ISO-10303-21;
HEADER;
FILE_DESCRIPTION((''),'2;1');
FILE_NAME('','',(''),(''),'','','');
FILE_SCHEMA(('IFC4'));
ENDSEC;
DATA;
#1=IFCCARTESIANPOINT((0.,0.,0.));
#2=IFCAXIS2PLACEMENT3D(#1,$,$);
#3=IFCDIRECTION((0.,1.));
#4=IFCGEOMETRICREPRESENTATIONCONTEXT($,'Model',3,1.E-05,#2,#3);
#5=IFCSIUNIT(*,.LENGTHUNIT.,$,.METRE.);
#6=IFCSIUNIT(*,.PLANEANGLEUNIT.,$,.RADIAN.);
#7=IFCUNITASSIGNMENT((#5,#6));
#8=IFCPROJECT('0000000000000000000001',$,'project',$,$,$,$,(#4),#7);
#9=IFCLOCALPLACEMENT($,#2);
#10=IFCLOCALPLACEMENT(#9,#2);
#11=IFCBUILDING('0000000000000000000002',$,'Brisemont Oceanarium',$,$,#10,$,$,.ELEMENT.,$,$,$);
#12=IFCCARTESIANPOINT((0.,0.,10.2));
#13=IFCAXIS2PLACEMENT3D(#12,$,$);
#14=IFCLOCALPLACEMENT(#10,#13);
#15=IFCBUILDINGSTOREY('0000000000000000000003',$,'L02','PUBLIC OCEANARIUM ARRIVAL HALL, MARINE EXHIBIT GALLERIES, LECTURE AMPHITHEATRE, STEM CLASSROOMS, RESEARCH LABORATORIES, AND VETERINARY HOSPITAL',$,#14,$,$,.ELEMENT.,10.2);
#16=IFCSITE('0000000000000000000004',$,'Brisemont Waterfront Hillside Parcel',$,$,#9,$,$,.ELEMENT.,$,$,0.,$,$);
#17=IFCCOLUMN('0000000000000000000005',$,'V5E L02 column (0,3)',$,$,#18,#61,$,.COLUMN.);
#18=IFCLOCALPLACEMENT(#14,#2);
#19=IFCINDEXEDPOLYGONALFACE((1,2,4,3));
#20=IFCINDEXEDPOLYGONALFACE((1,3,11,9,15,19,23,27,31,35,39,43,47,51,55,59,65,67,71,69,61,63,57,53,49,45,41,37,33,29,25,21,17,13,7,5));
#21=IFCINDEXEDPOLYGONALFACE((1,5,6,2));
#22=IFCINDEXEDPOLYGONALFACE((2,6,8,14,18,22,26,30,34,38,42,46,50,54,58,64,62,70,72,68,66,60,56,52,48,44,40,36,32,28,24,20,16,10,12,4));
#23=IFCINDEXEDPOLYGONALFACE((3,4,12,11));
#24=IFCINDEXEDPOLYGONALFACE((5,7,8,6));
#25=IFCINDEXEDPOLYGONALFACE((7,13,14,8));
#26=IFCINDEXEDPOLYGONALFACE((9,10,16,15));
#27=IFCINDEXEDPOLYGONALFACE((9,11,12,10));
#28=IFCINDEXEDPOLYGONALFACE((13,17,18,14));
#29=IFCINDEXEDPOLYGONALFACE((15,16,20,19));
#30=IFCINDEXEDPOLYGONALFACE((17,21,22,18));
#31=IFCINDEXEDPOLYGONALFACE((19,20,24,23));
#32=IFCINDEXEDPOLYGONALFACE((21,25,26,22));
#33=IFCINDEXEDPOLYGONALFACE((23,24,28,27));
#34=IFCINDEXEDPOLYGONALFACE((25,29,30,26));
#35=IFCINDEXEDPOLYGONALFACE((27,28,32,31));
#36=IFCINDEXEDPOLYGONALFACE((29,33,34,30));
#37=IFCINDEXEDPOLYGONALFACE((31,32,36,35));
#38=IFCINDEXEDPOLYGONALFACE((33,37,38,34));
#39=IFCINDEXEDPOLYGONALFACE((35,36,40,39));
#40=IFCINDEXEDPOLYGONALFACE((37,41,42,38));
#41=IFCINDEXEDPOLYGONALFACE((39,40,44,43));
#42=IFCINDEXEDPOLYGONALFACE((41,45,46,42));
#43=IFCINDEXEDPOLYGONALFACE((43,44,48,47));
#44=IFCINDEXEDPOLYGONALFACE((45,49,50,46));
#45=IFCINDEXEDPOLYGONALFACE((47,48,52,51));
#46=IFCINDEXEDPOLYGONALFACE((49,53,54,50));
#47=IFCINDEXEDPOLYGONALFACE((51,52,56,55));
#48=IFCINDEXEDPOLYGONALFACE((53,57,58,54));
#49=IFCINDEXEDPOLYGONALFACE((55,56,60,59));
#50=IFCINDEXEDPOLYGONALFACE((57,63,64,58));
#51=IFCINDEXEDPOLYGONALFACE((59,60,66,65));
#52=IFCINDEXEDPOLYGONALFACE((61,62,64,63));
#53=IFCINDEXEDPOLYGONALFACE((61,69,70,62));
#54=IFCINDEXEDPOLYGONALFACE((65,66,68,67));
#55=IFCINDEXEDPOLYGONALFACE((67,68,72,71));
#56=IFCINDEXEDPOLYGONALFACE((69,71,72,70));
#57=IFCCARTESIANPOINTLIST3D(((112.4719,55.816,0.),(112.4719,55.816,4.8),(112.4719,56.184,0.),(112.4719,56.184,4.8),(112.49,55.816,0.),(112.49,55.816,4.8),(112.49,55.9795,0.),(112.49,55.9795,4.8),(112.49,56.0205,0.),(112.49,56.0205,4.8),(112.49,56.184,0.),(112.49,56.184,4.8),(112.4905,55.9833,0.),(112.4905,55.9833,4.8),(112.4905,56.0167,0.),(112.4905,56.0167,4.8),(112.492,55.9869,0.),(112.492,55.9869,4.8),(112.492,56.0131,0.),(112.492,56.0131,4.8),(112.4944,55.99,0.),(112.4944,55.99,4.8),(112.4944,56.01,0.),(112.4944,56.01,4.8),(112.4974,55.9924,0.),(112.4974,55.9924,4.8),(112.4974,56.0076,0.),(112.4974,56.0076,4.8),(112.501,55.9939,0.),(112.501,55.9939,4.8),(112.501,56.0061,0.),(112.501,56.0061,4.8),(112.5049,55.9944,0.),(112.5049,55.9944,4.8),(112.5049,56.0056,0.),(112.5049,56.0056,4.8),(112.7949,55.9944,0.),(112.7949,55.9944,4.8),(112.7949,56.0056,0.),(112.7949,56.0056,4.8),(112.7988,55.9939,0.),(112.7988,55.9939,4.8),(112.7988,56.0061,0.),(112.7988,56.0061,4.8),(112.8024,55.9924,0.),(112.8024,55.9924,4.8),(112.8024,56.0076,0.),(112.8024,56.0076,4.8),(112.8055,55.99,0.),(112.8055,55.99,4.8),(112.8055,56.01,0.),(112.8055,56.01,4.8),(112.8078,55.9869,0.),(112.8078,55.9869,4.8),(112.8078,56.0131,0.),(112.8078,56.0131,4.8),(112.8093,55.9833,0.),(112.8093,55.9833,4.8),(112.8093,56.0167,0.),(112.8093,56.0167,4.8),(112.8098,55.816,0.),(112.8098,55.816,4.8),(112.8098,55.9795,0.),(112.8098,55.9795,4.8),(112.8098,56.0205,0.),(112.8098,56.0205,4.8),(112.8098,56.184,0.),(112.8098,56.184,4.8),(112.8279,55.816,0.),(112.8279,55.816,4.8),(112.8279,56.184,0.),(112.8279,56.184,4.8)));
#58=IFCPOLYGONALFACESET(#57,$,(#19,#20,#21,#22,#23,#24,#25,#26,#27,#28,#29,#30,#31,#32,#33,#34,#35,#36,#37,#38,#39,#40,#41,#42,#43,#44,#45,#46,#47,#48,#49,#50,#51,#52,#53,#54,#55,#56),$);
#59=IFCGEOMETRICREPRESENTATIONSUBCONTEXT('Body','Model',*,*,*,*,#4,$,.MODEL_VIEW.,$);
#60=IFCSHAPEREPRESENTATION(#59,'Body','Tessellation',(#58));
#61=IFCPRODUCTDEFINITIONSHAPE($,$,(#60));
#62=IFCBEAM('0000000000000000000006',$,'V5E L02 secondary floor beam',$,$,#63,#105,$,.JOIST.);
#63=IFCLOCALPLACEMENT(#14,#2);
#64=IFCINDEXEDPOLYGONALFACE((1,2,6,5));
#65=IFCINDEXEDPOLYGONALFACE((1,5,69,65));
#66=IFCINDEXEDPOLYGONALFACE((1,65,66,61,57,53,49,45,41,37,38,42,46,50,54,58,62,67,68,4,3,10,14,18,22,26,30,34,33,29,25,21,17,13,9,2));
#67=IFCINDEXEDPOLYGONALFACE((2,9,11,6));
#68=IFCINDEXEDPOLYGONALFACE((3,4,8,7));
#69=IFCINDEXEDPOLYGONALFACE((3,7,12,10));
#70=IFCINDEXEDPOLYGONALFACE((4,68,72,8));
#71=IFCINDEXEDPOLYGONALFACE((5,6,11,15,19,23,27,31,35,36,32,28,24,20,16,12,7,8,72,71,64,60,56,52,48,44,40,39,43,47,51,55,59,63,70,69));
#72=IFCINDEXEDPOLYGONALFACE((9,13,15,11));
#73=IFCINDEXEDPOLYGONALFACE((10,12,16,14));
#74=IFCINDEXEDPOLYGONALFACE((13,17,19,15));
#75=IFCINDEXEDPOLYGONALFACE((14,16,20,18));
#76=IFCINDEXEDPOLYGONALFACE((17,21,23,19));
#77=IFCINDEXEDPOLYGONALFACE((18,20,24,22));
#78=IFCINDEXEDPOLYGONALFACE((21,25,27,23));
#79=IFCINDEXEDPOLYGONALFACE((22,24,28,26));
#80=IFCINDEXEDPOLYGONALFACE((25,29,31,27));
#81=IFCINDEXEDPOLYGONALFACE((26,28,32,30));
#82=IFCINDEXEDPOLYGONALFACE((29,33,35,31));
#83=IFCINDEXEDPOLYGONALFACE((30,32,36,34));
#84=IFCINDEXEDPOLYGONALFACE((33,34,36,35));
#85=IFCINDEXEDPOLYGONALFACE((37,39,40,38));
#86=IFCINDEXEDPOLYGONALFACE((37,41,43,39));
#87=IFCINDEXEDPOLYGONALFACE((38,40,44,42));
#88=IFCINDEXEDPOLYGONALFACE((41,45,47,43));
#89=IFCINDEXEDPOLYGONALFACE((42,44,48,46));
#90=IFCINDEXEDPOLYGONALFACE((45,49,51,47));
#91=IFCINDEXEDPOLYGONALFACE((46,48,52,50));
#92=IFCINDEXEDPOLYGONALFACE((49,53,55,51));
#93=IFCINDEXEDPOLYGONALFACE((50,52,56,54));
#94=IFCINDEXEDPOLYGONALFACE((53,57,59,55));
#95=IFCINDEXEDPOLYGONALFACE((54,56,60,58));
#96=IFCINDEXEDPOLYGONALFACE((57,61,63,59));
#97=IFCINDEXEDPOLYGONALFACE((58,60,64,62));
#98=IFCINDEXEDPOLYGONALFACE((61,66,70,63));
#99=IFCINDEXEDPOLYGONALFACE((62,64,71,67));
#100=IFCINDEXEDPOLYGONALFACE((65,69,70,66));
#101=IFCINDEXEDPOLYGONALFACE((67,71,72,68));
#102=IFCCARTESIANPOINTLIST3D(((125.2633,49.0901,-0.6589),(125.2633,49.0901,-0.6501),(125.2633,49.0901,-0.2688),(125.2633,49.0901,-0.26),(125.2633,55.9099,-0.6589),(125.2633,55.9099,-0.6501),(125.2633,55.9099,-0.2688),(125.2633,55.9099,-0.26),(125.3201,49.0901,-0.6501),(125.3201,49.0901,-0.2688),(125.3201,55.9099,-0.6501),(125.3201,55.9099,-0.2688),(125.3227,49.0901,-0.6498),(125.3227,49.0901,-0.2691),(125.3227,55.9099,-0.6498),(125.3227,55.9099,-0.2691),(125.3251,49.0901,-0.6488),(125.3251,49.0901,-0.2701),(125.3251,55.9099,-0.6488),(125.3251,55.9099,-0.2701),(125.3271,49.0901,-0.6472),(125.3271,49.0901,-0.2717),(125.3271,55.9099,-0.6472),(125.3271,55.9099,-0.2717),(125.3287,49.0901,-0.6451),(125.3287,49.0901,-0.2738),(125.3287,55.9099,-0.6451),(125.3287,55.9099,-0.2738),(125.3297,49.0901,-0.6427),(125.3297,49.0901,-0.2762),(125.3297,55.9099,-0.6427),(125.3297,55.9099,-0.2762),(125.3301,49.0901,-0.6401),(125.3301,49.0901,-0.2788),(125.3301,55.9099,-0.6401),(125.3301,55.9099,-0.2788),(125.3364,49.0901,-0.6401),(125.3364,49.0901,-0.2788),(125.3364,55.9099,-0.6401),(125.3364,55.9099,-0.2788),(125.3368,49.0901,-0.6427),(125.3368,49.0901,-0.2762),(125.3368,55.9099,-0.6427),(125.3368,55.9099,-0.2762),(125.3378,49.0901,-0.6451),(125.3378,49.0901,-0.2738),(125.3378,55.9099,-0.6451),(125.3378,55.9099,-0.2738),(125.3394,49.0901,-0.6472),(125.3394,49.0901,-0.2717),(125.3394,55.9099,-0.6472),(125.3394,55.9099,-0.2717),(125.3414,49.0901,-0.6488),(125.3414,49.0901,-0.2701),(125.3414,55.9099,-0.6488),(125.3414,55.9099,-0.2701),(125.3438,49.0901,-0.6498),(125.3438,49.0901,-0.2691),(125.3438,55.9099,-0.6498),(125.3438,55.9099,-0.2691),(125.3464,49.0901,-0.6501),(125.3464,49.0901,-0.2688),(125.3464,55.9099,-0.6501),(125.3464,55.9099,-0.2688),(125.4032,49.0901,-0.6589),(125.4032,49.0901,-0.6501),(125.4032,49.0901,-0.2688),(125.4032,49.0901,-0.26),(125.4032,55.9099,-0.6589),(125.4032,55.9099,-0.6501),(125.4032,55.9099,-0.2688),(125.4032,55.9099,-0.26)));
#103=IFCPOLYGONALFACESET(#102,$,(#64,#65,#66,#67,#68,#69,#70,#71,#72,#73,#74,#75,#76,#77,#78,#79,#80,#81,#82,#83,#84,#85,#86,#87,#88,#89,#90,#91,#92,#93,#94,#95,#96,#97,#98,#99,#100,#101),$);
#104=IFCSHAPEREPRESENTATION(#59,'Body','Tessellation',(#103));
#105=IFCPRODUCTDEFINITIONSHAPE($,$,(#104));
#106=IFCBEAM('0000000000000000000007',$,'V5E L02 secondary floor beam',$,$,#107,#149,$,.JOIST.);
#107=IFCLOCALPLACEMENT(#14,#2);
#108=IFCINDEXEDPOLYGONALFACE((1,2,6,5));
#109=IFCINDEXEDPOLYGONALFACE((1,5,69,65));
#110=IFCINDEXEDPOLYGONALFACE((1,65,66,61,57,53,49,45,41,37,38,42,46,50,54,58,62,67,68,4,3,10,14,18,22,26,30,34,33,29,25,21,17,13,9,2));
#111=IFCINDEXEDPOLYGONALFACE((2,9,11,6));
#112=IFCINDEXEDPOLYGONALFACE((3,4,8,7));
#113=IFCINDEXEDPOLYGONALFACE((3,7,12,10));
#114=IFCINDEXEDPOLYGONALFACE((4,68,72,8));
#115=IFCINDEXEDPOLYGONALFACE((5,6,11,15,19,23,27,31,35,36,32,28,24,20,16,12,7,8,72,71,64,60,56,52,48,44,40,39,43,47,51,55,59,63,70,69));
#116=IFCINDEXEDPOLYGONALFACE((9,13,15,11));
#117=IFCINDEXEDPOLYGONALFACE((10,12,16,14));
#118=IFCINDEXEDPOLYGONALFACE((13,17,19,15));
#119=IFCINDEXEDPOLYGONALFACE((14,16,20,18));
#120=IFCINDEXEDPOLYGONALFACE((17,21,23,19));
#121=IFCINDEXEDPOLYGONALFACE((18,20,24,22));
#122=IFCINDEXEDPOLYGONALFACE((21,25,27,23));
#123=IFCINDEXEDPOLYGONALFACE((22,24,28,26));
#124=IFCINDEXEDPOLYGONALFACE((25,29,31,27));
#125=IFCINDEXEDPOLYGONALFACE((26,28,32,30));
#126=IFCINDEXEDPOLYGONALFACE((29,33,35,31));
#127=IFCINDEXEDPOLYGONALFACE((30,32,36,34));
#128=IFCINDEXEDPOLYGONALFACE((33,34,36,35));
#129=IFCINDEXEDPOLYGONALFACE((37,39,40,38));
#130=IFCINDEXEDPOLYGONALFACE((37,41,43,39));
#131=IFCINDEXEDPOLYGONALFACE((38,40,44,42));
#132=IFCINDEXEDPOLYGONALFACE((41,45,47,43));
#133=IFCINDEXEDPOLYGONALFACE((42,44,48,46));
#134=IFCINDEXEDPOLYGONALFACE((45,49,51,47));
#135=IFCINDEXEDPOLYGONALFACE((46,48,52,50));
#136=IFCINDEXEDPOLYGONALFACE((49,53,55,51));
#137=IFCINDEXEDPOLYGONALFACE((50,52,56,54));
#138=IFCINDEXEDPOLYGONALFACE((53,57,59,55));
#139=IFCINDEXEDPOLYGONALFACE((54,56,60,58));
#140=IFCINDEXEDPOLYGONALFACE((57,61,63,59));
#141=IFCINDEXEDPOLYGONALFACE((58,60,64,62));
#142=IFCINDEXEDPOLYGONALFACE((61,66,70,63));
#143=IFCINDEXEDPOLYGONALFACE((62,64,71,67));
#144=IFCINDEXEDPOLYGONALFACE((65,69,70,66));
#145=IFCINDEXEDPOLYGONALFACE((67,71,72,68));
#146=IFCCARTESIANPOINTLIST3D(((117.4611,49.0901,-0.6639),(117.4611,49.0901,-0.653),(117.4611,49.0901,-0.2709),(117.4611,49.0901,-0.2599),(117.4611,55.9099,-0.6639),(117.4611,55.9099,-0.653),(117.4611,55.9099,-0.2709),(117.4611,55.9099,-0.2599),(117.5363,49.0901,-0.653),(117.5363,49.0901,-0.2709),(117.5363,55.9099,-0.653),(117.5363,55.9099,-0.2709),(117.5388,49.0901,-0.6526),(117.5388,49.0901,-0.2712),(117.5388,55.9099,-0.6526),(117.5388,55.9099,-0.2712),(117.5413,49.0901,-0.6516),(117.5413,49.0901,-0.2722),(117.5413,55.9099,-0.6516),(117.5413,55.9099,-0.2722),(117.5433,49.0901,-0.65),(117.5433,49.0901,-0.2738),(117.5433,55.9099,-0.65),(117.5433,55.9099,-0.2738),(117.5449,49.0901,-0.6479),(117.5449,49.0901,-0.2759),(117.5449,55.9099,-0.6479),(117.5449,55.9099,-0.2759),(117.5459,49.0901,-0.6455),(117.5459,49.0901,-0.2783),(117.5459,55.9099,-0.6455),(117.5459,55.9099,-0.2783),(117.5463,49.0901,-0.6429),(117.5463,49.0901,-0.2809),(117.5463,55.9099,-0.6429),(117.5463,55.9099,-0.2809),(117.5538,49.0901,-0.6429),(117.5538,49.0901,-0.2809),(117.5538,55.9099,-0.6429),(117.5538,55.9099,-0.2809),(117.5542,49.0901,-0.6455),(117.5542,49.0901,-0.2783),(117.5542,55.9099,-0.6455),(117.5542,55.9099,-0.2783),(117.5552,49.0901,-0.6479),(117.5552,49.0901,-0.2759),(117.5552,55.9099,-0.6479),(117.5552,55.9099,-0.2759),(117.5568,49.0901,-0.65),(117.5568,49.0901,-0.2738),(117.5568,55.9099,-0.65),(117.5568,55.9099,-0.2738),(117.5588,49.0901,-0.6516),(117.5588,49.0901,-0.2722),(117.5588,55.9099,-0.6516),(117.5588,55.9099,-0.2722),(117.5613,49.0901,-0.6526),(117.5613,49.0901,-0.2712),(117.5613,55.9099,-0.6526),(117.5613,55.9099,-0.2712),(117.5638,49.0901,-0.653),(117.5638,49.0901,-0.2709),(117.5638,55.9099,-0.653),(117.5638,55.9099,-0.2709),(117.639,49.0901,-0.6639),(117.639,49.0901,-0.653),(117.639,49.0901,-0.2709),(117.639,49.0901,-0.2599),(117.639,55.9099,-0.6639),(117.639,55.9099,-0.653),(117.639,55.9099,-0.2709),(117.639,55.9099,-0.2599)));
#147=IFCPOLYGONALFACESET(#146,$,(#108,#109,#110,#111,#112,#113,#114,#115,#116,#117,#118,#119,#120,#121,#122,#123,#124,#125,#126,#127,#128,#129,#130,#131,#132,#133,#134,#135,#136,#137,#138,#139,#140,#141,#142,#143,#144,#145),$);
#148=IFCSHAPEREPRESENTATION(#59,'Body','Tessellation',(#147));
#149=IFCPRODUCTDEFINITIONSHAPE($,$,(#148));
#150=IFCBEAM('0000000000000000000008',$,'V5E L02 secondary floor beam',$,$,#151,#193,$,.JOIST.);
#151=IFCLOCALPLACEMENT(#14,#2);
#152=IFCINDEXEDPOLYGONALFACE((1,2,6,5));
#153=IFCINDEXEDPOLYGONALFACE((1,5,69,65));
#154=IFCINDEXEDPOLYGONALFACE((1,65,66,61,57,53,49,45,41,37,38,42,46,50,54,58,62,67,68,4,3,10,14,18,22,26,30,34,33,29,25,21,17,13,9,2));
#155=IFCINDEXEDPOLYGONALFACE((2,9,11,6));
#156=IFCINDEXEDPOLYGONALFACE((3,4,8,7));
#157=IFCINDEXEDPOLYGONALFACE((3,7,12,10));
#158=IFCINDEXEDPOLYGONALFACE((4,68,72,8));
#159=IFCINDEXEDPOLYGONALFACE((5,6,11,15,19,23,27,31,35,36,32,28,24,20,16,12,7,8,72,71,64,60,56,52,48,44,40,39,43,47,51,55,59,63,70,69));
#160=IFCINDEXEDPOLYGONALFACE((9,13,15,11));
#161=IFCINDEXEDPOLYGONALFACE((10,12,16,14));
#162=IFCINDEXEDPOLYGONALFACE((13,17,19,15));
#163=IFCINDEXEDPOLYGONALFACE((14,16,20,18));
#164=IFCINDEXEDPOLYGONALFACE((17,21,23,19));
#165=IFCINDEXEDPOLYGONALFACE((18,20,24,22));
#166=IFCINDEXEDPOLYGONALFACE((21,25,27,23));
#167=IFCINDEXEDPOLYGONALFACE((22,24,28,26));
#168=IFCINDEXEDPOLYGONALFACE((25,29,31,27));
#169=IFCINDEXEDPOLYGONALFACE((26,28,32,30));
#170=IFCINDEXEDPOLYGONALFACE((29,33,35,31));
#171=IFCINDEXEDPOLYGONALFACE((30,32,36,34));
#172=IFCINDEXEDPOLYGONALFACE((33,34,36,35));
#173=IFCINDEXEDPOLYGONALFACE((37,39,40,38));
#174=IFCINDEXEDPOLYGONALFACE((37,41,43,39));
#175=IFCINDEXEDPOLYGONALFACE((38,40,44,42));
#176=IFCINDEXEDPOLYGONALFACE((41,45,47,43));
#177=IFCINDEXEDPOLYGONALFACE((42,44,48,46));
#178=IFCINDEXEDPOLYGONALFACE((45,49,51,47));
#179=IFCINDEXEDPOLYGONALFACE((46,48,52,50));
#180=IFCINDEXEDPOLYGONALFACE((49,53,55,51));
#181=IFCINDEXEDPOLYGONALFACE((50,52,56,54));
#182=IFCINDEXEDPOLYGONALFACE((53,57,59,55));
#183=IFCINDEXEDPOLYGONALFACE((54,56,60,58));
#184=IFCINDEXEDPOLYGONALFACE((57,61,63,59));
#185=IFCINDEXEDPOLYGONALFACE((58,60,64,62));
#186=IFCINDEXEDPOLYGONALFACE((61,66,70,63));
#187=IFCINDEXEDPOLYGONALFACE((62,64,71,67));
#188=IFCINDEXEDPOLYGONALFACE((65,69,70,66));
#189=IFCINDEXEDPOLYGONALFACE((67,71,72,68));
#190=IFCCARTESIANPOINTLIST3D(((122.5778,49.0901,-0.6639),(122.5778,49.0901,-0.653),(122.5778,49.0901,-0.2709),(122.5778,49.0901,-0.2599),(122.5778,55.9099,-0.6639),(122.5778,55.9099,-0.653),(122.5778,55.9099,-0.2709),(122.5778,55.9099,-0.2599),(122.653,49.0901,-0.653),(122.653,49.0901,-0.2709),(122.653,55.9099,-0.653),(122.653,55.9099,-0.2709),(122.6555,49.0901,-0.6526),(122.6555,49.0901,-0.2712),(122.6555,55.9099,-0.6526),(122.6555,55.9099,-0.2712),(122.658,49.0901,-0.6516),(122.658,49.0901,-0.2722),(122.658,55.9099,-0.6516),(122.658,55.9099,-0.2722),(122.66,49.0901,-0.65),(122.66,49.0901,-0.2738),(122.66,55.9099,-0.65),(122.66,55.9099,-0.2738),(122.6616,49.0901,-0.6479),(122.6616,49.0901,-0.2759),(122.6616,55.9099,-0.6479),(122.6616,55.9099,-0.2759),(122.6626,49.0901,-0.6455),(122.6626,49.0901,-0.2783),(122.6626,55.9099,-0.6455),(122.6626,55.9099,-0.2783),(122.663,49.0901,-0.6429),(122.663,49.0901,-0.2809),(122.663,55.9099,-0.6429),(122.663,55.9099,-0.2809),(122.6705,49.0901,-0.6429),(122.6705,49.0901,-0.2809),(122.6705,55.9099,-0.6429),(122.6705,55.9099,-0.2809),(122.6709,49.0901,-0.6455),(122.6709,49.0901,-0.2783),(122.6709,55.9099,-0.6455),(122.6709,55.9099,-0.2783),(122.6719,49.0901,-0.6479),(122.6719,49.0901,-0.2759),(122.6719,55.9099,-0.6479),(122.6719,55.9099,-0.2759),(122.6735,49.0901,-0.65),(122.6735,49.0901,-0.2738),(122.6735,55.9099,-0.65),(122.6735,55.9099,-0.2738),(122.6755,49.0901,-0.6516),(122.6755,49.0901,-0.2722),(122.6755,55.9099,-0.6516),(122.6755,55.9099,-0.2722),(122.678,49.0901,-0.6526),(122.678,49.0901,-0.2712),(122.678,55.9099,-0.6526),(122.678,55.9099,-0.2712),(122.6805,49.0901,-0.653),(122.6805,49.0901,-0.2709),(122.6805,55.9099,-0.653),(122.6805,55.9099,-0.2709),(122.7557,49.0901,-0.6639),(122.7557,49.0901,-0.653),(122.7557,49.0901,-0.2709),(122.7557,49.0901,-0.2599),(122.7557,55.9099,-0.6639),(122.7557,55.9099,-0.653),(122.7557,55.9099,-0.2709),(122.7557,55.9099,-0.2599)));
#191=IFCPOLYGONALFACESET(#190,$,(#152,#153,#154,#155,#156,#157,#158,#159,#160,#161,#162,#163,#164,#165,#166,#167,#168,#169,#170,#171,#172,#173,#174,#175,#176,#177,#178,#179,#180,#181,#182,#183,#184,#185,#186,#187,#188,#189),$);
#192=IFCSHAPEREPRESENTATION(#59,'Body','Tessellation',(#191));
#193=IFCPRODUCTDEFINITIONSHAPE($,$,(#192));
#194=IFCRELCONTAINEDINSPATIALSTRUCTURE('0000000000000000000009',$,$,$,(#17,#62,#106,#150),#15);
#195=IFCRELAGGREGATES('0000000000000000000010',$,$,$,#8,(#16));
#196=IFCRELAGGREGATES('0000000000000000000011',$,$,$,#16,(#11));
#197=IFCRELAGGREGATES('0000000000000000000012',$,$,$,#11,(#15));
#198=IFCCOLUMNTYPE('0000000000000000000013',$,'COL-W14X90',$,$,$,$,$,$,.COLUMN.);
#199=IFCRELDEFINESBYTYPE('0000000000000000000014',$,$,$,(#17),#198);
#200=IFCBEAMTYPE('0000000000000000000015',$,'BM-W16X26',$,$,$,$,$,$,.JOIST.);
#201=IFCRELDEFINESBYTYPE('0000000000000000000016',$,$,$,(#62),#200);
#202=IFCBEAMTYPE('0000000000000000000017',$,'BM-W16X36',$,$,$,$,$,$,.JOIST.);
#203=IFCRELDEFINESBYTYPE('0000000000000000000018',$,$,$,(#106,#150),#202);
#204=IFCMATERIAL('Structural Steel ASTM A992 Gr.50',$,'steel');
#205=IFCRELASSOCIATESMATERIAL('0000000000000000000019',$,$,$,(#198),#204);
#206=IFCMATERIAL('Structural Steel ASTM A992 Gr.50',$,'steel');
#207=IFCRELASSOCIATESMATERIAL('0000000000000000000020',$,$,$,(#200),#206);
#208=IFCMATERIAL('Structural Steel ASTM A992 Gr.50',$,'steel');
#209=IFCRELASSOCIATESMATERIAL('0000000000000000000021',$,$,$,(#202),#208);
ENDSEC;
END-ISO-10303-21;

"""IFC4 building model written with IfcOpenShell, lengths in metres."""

from ifc_helpers import new_model, si_unit, direction, frame, origin, origin_2d, place, context, subcontext, project, spatial, i_section, extrude, material, material_profile, profile_set, type_object, element, save


model = new_model("IFC4")

# Units and contexts
model_context = context("Model", 3, precision=1e-05, world=origin(), true_north=direction((0.0, 1.0)))
body_context = subcontext(model_context, "Body", "Model", "MODEL_VIEW")
ifc_project = project(units=[si_unit("LENGTHUNIT", "METRE"), si_unit("PLANEANGLEUNIT", "RADIAN")], contexts=[model_context])

# Site, building, storey
site_placement = place(None, origin())
site = spatial("IfcSite", under=ifc_project, at=site_placement, Name="Brisemont Waterfront Hillside Parcel", CompositionType="ELEMENT", RefElevation=0.0)
building_placement = place(site_placement, origin())
building = spatial("IfcBuilding", under=site, at=building_placement, Name="Brisemont Oceanarium", CompositionType="ELEMENT")
storey_placement = place(building_placement, frame((0.0, 0.0, 10.2)))
storey = spatial("IfcBuildingStorey", under=building, at=storey_placement, Name="L02", Description="PUBLIC OCEANARIUM ARRIVAL HALL, MARINE EXHIBIT GALLERIES, LECTURE AMPHITHEATRE, STEM CLASSROOMS, RESEARCH LABORATORIES, AND VETERINARY HOSPITAL", CompositionType="ELEMENT", Elevation=10.2)

# Column
ifc_material_1 = material(Name="Structural Steel ASTM A992 Gr.50", Category="steel")
ifc_material_profile_1 = material_profile(ifc_material_1, i_section(OverallWidth=0.3679, OverallDepth=0.356, WebThickness=0.0112, FlangeThickness=0.0181, FilletRadius=0.0149, at=origin_2d()), Name="W14X90")
ifc_profile_set_1 = profile_set([ifc_material_profile_1], Name="Structural Steel ASTM A992 Gr.50")
column_type_1 = type_object("IfcColumnType", Name="COL-W14X90", PredefinedType="COLUMN", material=ifc_profile_set_1)
column_1_placement = place(storey_placement, frame((112.6499, 56.0, 0.0), z_axis=(0.0, 0.0, 1.0), x_axis=(0.0, 1.0, 0.0)))
element("IfcColumn", 1, at=column_1_placement, inside=storey, type_object=column_type_1, Name="V5E L02 column (0,3)", PredefinedType="COLUMN", context=body_context, shape_type="SweptSolid", body=[
    extrude(i_section(OverallWidth=0.3679, OverallDepth=0.356, WebThickness=0.0112, FlangeThickness=0.0181, FilletRadius=0.0149, at=origin_2d()), origin(), (0.0, 0.0, 1.0), 4.8),
])

# Beams
ifc_material_2 = material(Name="Structural Steel ASTM A992 Gr.50", Category="steel")
ifc_material_profile_2 = material_profile(ifc_material_2, i_section(OverallWidth=0.1399, OverallDepth=0.3989, WebThickness=0.0063, FlangeThickness=0.0088, FilletRadius=0.01, at=origin_2d()), Name="W16X26")
ifc_profile_set_2 = profile_set([ifc_material_profile_2], Name="Structural Steel ASTM A992 Gr.50")
beam_type_1 = type_object("IfcBeamType", Name="BM-W16X26", PredefinedType="JOIST", material=ifc_profile_set_2)
beam_1_placement = place(storey_placement, frame((125.3333, 49.0901, -0.4595), z_axis=(0.0, 1.0, 0.0), x_axis=(-1.0, 0.0, 0.0)))
element("IfcBeam", 2, at=beam_1_placement, inside=storey, type_object=beam_type_1, Name="V5E L02 secondary floor beam", PredefinedType="JOIST", context=body_context, shape_type="SweptSolid", body=[
    extrude(i_section(OverallWidth=0.1399, OverallDepth=0.3989, WebThickness=0.0063, FlangeThickness=0.0088, FilletRadius=0.01, at=origin_2d()), origin(), (0.0, 0.0, 1.0), 6.8198),
])
ifc_material_3 = material(Name="Structural Steel ASTM A992 Gr.50", Category="steel")
ifc_material_profile_3 = material_profile(ifc_material_3, i_section(OverallWidth=0.178, OverallDepth=0.4041, WebThickness=0.0076, FlangeThickness=0.011, FilletRadius=0.01, at=origin_2d()), Name="W16X36")
ifc_profile_set_3 = profile_set([ifc_material_profile_3], Name="Structural Steel ASTM A992 Gr.50")
beam_type_2 = type_object("IfcBeamType", Name="BM-W16X36", PredefinedType="JOIST", material=ifc_profile_set_3)
for number, where, z_axis, x_axis, name in (
    (3, (117.55, 49.0901, -0.4619), (0.0, 1.0, 0.0), (-1.0, 0.0, 0.0), "V5E L02 secondary floor beam"),
    (4, (122.6667, 49.0901, -0.4619), (0.0, 1.0, 0.0), (-1.0, 0.0, 0.0), "V5E L02 secondary floor beam"),
):
    element("IfcBeam", number, at=place(storey_placement, frame(where, z_axis=z_axis, x_axis=x_axis)), inside=storey, type_object=beam_type_2, Name=name, PredefinedType="JOIST", context=body_context, shape_type="SweptSolid", body=[
        extrude(i_section(OverallWidth=0.178, OverallDepth=0.4041, WebThickness=0.0076, FlangeThickness=0.011, FilletRadius=0.01, at=origin_2d()), origin(), (0.0, 0.0, 1.0), 6.8198),
    ])

save(model, "model.ifc")
